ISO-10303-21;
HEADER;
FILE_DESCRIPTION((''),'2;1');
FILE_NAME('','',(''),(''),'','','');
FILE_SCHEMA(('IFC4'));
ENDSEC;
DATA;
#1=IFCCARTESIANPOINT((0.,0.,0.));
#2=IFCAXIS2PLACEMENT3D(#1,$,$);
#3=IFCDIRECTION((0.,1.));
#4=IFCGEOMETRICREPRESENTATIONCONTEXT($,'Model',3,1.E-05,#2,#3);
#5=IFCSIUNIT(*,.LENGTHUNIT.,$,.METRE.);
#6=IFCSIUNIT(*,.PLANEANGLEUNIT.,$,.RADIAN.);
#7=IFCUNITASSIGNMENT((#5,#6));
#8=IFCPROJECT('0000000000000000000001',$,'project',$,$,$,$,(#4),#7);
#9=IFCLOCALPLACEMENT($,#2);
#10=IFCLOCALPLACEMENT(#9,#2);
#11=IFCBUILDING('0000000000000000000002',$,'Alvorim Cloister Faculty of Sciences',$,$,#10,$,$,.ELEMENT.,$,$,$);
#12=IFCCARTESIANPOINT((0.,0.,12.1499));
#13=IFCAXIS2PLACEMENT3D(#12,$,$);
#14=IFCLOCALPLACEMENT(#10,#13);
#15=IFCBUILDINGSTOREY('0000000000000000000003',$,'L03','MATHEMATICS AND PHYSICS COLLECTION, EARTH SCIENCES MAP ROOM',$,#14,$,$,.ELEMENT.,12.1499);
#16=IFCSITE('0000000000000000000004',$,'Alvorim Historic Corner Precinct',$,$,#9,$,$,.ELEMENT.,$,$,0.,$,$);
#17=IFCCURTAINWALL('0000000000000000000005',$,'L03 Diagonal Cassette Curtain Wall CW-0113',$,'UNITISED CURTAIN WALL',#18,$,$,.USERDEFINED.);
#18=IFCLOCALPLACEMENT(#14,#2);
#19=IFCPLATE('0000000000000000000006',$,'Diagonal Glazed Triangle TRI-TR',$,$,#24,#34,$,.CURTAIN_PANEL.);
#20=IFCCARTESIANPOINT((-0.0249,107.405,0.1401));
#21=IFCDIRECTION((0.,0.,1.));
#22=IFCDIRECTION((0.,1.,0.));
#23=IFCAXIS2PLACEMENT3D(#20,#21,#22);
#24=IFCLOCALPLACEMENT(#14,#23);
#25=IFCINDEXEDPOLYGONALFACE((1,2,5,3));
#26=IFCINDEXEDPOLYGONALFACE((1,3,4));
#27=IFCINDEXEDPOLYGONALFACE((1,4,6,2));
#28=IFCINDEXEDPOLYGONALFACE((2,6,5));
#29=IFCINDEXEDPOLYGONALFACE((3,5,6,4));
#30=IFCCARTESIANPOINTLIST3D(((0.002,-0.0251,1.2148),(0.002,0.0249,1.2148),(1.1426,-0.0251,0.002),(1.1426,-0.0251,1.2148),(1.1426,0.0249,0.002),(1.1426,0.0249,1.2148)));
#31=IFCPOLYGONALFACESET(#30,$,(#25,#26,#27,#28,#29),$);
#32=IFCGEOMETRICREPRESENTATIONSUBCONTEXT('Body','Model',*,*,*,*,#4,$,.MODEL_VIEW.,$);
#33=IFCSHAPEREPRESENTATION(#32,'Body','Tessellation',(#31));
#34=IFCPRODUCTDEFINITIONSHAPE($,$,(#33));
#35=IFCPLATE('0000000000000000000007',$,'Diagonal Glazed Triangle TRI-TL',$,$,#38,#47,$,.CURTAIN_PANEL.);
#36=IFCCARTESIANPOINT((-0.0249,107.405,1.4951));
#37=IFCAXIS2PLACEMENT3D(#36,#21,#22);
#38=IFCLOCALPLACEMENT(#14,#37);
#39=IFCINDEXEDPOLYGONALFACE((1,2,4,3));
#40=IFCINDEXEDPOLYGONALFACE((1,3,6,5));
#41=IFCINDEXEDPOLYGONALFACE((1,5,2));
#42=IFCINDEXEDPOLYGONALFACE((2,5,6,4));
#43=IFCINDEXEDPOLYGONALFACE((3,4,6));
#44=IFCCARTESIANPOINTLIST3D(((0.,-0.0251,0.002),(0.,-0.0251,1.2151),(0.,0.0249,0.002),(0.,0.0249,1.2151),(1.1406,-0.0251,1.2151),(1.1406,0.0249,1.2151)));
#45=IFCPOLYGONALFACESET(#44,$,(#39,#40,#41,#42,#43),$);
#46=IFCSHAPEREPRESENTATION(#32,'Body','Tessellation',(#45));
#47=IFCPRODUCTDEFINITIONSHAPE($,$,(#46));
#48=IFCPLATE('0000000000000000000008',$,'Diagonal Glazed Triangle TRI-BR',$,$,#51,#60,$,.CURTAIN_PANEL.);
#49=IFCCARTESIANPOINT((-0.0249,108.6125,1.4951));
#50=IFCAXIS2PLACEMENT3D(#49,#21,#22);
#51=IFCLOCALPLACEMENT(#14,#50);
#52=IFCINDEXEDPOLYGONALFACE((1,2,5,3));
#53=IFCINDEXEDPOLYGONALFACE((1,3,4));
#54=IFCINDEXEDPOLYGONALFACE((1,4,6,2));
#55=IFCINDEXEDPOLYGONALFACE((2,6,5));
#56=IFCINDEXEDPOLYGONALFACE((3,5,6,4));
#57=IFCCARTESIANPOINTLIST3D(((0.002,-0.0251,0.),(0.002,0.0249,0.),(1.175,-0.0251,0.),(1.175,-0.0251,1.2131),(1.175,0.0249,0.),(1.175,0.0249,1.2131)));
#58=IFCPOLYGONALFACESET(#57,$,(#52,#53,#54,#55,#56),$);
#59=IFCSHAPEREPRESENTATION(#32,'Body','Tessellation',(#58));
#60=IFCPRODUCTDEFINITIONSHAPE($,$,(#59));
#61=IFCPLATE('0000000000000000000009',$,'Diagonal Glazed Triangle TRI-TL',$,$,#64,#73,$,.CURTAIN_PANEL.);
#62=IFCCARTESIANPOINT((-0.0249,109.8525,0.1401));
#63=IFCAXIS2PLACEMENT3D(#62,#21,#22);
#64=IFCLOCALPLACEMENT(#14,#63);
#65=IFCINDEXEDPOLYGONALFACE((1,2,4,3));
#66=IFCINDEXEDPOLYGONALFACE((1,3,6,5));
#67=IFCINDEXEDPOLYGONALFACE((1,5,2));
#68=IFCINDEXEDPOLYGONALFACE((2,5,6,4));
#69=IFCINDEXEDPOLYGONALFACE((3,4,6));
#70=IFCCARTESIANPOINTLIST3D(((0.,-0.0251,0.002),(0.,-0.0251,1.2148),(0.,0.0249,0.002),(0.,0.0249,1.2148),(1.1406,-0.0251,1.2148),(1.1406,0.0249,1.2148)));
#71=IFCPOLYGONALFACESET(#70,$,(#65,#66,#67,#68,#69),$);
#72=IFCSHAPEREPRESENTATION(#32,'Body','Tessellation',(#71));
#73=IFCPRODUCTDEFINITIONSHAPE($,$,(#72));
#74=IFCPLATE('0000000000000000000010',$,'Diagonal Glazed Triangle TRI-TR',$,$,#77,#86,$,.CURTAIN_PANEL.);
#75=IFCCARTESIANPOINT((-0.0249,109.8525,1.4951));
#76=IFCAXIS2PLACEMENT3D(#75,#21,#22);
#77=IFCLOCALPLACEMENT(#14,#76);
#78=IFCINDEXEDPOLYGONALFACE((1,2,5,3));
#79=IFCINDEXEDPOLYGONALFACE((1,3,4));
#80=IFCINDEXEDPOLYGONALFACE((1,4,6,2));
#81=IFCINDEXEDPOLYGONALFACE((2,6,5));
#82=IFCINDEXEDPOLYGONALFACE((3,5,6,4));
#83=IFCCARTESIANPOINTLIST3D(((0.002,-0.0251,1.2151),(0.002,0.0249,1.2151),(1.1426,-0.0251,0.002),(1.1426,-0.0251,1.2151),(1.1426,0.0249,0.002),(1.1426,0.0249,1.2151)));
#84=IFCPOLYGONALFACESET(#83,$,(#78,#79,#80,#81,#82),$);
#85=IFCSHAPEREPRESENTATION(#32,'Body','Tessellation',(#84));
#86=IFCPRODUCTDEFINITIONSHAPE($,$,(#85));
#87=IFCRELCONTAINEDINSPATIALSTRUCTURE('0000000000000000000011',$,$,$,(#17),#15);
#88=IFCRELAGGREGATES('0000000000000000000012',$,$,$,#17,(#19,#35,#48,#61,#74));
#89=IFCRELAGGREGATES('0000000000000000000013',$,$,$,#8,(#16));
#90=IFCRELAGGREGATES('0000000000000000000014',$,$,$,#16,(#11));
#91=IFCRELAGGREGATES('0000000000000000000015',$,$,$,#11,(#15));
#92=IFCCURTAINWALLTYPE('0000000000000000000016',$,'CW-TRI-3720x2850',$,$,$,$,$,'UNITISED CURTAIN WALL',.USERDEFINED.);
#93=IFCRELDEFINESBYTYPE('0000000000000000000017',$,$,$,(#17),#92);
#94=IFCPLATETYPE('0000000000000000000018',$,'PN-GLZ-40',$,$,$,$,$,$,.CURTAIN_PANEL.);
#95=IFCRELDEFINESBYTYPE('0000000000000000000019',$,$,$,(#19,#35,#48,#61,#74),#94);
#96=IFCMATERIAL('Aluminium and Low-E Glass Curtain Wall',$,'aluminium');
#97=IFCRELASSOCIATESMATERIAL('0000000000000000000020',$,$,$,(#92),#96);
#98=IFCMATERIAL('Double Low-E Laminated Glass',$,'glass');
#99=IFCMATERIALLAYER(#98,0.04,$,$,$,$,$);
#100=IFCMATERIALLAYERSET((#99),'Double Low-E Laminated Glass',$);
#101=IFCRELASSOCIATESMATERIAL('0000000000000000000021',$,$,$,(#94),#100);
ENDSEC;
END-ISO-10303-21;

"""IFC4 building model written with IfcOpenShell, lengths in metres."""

from ifc_helpers import new_model, si_unit, direction, frame, origin, place, context, subcontext, project, spatial, polyline, outline, extrude, material, layer, layer_set, type_object, element, aggregate, save


model = new_model("IFC4")

# Units and contexts
model_context = context("Model", 3, precision=1e-05, world=origin(), true_north=direction((0.0, 1.0)))
body_context = subcontext(model_context, "Body", "Model", "MODEL_VIEW")
ifc_project = project(units=[si_unit("LENGTHUNIT", "METRE"), si_unit("PLANEANGLEUNIT", "RADIAN")], contexts=[model_context])

# Site, building, storey
site_placement = place(None, origin())
site = spatial("IfcSite", under=ifc_project, at=site_placement, Name="Alvorim Historic Corner Precinct", CompositionType="ELEMENT", RefElevation=0.0)
building_placement = place(site_placement, origin())
building = spatial("IfcBuilding", under=site, at=building_placement, Name="Alvorim Cloister Faculty of Sciences", CompositionType="ELEMENT")
storey_placement = place(building_placement, frame((0.0, 0.0, 12.1499)))
storey = spatial("IfcBuildingStorey", under=building, at=storey_placement, Name="L03", Description="MATHEMATICS AND PHYSICS COLLECTION, EARTH SCIENCES MAP ROOM", CompositionType="ELEMENT", Elevation=12.1499)

# Shared definitions
ifc_material_1 = material(Name="Aluminium and Low-E Glass Curtain Wall", Category="aluminium")

# Curtain wall, plates
curtain_wall_type_1 = type_object("IfcCurtainWallType", Name="CW-TRI-3720x2850", ElementType="UNITISED CURTAIN WALL", PredefinedType="USERDEFINED", material=ifc_material_1)
curtain_wall_1_placement = place(storey_placement, origin())
curtain_wall_1 = element("IfcCurtainWall", 1, at=curtain_wall_1_placement, inside=storey, type_object=curtain_wall_type_1, Name="L03 Diagonal Cassette Curtain Wall CW-0113", ObjectType="UNITISED CURTAIN WALL", PredefinedType="USERDEFINED")
ifc_material_2 = material(Name="Double Low-E Laminated Glass", Category="glass")
ifc_layer_1 = layer(ifc_material_2, 0.04)
ifc_layer_set_1 = layer_set([ifc_layer_1], Name="Double Low-E Laminated Glass")
plate_type = type_object("IfcPlateType", Name="PN-GLZ-40", PredefinedType="CURTAIN_PANEL", material=ifc_layer_set_1)
plate_1_placement = place(storey_placement, frame((-0.0249, 107.405, 0.1401), z_axis=(0.0, 0.0, 1.0), x_axis=(0.0, 1.0, 0.0)))
plate_1 = element("IfcPlate", 2, at=plate_1_placement, type_object=plate_type, Name="Diagonal Glazed Triangle TRI-TR", PredefinedType="CURTAIN_PANEL", context=body_context, shape_type="SweptSolid", body=[
    extrude(outline(polyline([(1.1426, 0.002), (1.1426, 1.2148), (0.002, 1.2148), (1.1426, 0.002)])), frame((0.0, 0.0249, 0.0), z_axis=(0.0, -1.0, 0.0), x_axis=(1.0, 0.0, 0.0)), (0.0, 0.0, 1.0), 0.05),
])
plate_2_placement = place(storey_placement, frame((-0.0249, 107.405, 1.4951), z_axis=(0.0, 0.0, 1.0), x_axis=(0.0, 1.0, 0.0)))
plate_2 = element("IfcPlate", 3, at=plate_2_placement, type_object=plate_type, Name="Diagonal Glazed Triangle TRI-TL", PredefinedType="CURTAIN_PANEL", context=body_context, shape_type="SweptSolid", body=[
    extrude(outline(polyline([(1.1406, 1.2151), (0.0, 1.2151), (0.0, 0.002), (1.1406, 1.2151)])), frame((0.0, 0.0249, 0.0), z_axis=(0.0, -1.0, 0.0), x_axis=(1.0, 0.0, 0.0)), (0.0, 0.0, 1.0), 0.05),
])
plate_3_placement = place(storey_placement, frame((-0.0249, 108.6125, 1.4951), z_axis=(0.0, 0.0, 1.0), x_axis=(0.0, 1.0, 0.0)))
plate_3 = element("IfcPlate", 4, at=plate_3_placement, type_object=plate_type, Name="Diagonal Glazed Triangle TRI-BR", PredefinedType="CURTAIN_PANEL", context=body_context, shape_type="SweptSolid", body=[
    extrude(outline(polyline([(0.002, 0.0), (1.175, 0.0), (1.175, 1.2131), (0.002, 0.0)])), frame((0.0, 0.0249, 0.0), z_axis=(0.0, -1.0, 0.0), x_axis=(1.0, 0.0, 0.0)), (0.0, 0.0, 1.0), 0.05),
])
plate_4_placement = place(storey_placement, frame((-0.0249, 109.8525, 0.1401), z_axis=(0.0, 0.0, 1.0), x_axis=(0.0, 1.0, 0.0)))
plate_4 = element("IfcPlate", 5, at=plate_4_placement, type_object=plate_type, Name="Diagonal Glazed Triangle TRI-TL", PredefinedType="CURTAIN_PANEL", context=body_context, shape_type="SweptSolid", body=[
    extrude(outline(polyline([(1.1406, 1.2148), (0.0, 1.2148), (0.0, 0.002), (1.1406, 1.2148)])), frame((0.0, 0.0249, 0.0), z_axis=(0.0, -1.0, 0.0), x_axis=(1.0, 0.0, 0.0)), (0.0, 0.0, 1.0), 0.05),
])
plate_5_placement = place(storey_placement, frame((-0.0249, 109.8525, 1.4951), z_axis=(0.0, 0.0, 1.0), x_axis=(0.0, 1.0, 0.0)))
plate_5 = element("IfcPlate", 6, at=plate_5_placement, type_object=plate_type, Name="Diagonal Glazed Triangle TRI-TR", PredefinedType="CURTAIN_PANEL", context=body_context, shape_type="SweptSolid", body=[
    extrude(outline(polyline([(1.1426, 0.002), (1.1426, 1.2151), (0.002, 1.2151), (1.1426, 0.002)])), frame((0.0, 0.0249, 0.0), z_axis=(0.0, -1.0, 0.0), x_axis=(1.0, 0.0, 0.0)), (0.0, 0.0, 1.0), 0.05),
])
aggregate(curtain_wall_1, [plate_1, plate_2, plate_3, plate_4, plate_5])

save(model, "model.ifc")
